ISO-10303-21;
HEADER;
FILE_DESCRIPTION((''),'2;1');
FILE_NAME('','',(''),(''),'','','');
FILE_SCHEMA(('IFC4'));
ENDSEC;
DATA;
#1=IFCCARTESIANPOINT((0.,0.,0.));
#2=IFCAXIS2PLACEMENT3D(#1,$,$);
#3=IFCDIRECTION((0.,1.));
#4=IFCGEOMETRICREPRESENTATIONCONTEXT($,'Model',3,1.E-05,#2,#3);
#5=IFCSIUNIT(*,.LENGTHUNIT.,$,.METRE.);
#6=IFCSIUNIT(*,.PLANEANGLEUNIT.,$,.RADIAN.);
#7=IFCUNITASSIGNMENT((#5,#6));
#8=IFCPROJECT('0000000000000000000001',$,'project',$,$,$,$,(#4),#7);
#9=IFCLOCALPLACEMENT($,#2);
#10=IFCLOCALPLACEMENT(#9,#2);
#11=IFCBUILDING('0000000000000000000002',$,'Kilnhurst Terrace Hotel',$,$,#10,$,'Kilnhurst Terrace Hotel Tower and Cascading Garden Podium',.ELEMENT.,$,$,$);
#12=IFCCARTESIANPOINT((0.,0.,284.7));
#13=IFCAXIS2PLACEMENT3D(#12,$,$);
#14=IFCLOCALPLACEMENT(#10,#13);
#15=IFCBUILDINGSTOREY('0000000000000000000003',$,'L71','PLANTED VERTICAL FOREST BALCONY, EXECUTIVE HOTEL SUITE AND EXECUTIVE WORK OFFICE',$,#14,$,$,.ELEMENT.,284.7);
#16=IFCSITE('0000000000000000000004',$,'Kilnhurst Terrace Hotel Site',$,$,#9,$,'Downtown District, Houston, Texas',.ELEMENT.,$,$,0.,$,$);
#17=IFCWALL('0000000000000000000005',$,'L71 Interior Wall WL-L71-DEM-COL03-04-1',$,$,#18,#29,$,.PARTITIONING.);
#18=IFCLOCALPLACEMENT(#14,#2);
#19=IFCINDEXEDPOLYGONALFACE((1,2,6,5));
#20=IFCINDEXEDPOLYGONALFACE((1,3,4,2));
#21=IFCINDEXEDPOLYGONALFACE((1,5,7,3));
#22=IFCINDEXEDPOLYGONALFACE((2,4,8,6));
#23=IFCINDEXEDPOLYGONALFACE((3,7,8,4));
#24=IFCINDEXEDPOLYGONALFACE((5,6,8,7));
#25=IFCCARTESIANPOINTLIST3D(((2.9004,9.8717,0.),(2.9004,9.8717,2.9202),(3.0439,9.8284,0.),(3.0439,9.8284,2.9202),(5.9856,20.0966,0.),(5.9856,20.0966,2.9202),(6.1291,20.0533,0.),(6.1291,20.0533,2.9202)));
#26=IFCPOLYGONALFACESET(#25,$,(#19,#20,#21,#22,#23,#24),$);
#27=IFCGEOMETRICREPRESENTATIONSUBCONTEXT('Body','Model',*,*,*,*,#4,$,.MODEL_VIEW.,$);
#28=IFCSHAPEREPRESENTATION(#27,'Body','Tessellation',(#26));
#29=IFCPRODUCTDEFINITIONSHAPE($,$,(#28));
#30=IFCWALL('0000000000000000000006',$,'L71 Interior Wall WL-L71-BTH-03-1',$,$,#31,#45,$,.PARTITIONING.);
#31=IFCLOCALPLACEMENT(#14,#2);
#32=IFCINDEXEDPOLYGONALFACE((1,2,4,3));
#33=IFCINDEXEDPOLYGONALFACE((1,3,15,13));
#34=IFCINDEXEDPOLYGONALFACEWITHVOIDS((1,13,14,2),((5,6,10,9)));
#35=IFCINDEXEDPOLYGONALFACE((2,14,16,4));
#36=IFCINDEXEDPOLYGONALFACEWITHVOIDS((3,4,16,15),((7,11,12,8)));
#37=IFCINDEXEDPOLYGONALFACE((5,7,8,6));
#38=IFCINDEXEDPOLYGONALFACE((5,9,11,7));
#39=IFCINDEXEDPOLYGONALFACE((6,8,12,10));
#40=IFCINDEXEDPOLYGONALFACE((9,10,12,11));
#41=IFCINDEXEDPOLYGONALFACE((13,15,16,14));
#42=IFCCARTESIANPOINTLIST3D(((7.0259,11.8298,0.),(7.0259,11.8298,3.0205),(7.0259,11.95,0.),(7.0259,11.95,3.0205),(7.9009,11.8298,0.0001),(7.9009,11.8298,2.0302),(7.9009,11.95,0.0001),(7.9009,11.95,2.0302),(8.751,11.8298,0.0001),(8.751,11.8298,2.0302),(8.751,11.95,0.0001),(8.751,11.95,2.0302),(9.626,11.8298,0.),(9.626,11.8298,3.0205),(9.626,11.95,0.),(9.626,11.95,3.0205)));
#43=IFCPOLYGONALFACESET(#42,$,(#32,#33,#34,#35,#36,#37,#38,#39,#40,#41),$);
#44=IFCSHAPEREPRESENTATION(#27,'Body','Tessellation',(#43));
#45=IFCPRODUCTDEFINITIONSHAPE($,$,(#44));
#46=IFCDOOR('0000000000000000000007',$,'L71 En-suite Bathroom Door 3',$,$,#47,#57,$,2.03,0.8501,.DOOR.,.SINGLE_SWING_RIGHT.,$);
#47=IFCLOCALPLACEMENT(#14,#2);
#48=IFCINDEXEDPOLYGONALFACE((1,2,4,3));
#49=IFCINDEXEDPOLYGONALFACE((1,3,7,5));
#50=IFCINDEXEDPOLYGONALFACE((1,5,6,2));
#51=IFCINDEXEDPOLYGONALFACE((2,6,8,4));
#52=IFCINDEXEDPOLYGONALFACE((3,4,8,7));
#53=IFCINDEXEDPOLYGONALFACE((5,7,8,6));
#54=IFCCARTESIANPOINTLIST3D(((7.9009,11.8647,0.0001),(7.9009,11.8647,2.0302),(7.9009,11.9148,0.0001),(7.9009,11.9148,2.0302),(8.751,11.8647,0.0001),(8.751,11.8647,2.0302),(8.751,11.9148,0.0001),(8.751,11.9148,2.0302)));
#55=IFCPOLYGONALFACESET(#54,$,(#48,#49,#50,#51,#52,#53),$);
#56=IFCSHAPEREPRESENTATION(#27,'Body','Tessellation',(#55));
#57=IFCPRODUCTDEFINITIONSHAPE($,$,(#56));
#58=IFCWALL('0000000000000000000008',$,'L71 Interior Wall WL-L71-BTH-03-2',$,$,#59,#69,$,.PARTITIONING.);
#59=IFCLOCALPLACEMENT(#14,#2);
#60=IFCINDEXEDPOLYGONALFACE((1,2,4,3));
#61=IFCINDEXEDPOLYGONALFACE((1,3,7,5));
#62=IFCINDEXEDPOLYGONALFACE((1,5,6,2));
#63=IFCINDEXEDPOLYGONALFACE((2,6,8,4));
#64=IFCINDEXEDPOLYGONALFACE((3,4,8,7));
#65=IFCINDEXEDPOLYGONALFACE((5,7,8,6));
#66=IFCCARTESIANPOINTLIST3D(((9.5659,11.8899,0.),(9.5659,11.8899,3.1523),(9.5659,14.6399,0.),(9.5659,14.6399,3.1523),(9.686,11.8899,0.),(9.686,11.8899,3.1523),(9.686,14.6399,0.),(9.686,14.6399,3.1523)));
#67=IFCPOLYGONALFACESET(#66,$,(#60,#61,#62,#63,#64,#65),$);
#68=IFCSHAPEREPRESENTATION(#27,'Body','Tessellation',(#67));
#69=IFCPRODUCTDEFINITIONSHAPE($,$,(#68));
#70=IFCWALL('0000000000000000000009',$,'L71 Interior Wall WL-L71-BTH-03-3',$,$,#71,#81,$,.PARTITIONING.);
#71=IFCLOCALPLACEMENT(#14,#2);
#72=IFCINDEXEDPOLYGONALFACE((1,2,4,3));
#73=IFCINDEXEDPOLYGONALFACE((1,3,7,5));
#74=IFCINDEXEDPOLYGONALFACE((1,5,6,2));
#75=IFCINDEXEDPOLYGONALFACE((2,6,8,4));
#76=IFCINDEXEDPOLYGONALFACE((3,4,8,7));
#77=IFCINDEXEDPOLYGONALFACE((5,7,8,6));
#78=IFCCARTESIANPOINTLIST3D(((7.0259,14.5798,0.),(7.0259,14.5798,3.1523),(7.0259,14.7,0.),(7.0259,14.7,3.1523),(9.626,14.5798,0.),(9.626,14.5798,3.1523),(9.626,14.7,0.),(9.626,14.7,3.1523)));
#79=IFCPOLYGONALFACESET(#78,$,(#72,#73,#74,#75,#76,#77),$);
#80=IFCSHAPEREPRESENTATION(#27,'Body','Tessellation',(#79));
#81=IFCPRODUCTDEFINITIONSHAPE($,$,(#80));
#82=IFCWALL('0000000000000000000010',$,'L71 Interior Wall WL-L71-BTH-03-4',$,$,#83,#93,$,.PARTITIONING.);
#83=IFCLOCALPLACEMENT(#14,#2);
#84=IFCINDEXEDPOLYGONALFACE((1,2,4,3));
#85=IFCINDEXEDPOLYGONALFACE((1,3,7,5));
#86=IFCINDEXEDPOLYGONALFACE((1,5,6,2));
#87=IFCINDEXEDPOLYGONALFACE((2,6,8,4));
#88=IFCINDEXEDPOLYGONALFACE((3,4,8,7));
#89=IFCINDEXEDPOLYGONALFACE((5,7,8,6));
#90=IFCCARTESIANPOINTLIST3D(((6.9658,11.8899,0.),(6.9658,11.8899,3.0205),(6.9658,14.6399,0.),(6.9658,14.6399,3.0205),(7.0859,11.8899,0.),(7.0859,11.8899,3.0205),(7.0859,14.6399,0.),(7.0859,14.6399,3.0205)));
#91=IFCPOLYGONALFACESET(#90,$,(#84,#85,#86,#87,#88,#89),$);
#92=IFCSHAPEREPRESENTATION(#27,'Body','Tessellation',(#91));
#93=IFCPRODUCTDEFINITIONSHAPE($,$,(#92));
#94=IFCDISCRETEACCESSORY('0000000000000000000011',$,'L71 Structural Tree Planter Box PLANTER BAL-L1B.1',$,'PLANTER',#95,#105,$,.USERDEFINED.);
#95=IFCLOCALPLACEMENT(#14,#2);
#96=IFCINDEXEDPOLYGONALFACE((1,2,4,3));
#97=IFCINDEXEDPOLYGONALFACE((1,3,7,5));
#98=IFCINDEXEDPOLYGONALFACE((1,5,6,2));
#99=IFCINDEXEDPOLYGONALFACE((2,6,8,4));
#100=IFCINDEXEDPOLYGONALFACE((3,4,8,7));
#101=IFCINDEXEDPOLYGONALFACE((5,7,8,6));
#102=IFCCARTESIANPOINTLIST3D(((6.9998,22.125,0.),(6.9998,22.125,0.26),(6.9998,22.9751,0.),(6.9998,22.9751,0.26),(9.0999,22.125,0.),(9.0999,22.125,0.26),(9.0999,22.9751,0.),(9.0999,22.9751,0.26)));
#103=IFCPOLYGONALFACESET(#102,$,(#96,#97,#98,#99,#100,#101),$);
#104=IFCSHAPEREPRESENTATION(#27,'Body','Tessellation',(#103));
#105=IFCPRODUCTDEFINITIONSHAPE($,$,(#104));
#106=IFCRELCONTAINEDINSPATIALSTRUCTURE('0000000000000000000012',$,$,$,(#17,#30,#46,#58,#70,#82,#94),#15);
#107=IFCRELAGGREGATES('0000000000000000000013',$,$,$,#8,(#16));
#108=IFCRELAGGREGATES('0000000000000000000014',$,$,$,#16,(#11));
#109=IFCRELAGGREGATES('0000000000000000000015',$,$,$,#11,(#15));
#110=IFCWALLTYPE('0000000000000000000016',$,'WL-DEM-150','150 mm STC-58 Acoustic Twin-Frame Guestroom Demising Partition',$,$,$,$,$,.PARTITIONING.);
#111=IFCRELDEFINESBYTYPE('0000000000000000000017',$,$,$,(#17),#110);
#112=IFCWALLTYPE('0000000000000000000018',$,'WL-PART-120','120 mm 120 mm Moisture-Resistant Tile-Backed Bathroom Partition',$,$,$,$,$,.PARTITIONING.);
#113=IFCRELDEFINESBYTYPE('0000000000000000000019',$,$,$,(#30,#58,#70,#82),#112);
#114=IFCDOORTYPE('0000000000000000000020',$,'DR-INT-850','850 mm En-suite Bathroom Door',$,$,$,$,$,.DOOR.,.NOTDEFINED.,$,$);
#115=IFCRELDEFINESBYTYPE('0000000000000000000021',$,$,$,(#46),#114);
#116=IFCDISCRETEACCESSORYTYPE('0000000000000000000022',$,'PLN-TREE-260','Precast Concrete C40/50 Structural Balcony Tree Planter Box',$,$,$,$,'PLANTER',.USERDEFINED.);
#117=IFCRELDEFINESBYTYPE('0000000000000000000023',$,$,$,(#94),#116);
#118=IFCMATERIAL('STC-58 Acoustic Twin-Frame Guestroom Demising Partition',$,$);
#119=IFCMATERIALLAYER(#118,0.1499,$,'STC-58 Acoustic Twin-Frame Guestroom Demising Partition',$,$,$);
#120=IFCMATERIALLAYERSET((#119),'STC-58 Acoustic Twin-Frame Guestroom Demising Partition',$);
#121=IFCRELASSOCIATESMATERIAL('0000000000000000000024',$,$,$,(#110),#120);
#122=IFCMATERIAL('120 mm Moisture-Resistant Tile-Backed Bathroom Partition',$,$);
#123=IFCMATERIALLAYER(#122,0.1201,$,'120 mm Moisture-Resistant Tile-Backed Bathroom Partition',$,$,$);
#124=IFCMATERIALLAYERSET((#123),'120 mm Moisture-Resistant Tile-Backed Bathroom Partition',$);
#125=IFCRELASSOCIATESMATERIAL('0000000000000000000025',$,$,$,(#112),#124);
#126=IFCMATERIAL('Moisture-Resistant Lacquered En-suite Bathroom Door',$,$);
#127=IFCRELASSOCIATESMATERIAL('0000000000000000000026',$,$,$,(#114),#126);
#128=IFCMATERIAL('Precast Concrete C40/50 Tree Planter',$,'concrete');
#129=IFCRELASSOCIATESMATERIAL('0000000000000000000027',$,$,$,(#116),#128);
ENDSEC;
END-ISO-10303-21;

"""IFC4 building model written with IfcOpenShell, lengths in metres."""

from ifc_helpers import new_model, si_unit, direction, frame, frame_2d, origin, origin_2d, place, context, subcontext, project, spatial, rectangle, extrude, material, layer, layer_set, type_object, element, fill, save


model = new_model("IFC4")

# Units and contexts
model_context = context("Model", 3, precision=1e-05, world=origin(), true_north=direction((0.0, 1.0)))
body_context = subcontext(model_context, "Body", "Model", "MODEL_VIEW")
ifc_project = project(units=[si_unit("LENGTHUNIT", "METRE"), si_unit("PLANEANGLEUNIT", "RADIAN")], contexts=[model_context])

# Site, building, storey
site_placement = place(None, origin())
site = spatial("IfcSite", under=ifc_project, at=site_placement, Name="Kilnhurst Terrace Hotel Site", LongName="Downtown District, Houston, Texas", CompositionType="ELEMENT", RefElevation=0.0)
building_placement = place(site_placement, origin())
building = spatial("IfcBuilding", under=site, at=building_placement, Name="Kilnhurst Terrace Hotel", LongName="Kilnhurst Terrace Hotel Tower and Cascading Garden Podium", CompositionType="ELEMENT")
storey_placement = place(building_placement, frame((0.0, 0.0, 284.7)))
storey = spatial("IfcBuildingStorey", under=building, at=storey_placement, Name="L71", Description="PLANTED VERTICAL FOREST BALCONY, EXECUTIVE HOTEL SUITE AND EXECUTIVE WORK OFFICE", CompositionType="ELEMENT", Elevation=284.7)

# Wall
ifc_material_1 = material(Name="STC-58 Acoustic Twin-Frame Guestroom Demising Partition")
ifc_layer_1 = layer(ifc_material_1, 0.1499, Name="STC-58 Acoustic Twin-Frame Guestroom Demising Partition")
ifc_layer_set_1 = layer_set([ifc_layer_1], Name="STC-58 Acoustic Twin-Frame Guestroom Demising Partition")
wall_type_1 = type_object("IfcWallType", Name="WL-DEM-150", Description="150 mm STC-58 Acoustic Twin-Frame Guestroom Demising Partition", PredefinedType="PARTITIONING", material=ifc_layer_set_1)
wall_1_placement = place(storey_placement, frame((2.9722, 9.8501, 0.0), z_axis=(0.0, 0.0, 1.0), x_axis=(0.288872, 0.957368, 0.0)))
element("IfcWall", 1, at=wall_1_placement, inside=storey, type_object=wall_type_1, Name="L71 Interior Wall WL-L71-DEM-COL03-04-1", PredefinedType="PARTITIONING", context=body_context, shape_type="SweptSolid", body=[
    extrude(rectangle(XDim=10.6802, YDim=0.1499, at=frame_2d((5.3401, 0.0))), origin(), (0.0, 0.0, 1.0), 2.9202),
])

# Wall, opening, door
ifc_material_2 = material(Name="120 mm Moisture-Resistant Tile-Backed Bathroom Partition")
ifc_layer_2 = layer(ifc_material_2, 0.1201, Name="120 mm Moisture-Resistant Tile-Backed Bathroom Partition")
ifc_layer_set_2 = layer_set([ifc_layer_2], Name="120 mm Moisture-Resistant Tile-Backed Bathroom Partition")
wall_type_2 = type_object("IfcWallType", Name="WL-PART-120", Description="120 mm 120 mm Moisture-Resistant Tile-Backed Bathroom Partition", PredefinedType="PARTITIONING", material=ifc_layer_set_2)
wall_2_placement = place(storey_placement, frame((7.0259, 11.8899, 0.0), z_axis=(0.0, 0.0, 1.0), x_axis=(1.0, 0.0, 0.0)))
wall_2 = element("IfcWall", 2, at=wall_2_placement, inside=storey, type_object=wall_type_2, Name="L71 Interior Wall WL-L71-BTH-03-1", PredefinedType="PARTITIONING", context=body_context, shape_type="SweptSolid", body=[
    extrude(rectangle(XDim=2.6001, YDim=0.1201, at=frame_2d((1.3, 0.0))), origin(), (0.0, 0.0, 1.0), 3.0205),
])
opening_1_placement = place(wall_2_placement, frame((0.875, 0.0, 0.0)))
opening_1 = element("IfcOpeningElement", 3, at=opening_1_placement, cuts=wall_2, PredefinedType="OPENING", context=body_context, shape_type="SweptSolid", body=[
    extrude(rectangle(XDim=0.8501, YDim=2.03, at=frame_2d((0.425, 1.0151))), frame((0.0, 0.0701, 0.0), z_axis=(0.0, -1.0, 0.0), x_axis=(1.0, 0.0, 0.0)), (0.0, 0.0, 1.0), 0.1401),
])
ifc_material_3 = material(Name="Moisture-Resistant Lacquered En-suite Bathroom Door")
door_type_1 = type_object("IfcDoorType", Name="DR-INT-850", Description="850 mm En-suite Bathroom Door", OperationType="NOTDEFINED", PredefinedType="DOOR", material=ifc_material_3)
door_1_placement = place(opening_1_placement, origin())
door_1 = element("IfcDoor", 4, at=door_1_placement, inside=storey, type_object=door_type_1, Name="L71 En-suite Bathroom Door 3", OperationType="SINGLE_SWING_RIGHT", OverallHeight=2.03, OverallWidth=0.8501, PredefinedType="DOOR", context=body_context, shape_type="SweptSolid", body=[
    extrude(rectangle(XDim=0.8501, YDim=2.03, at=frame_2d((0.425, 1.0151))), frame((0.0, 0.0249, 0.0), z_axis=(0.0, -1.0, 0.0), x_axis=(1.0, 0.0, 0.0)), (0.0, 0.0, 1.0), 0.05),
])
fill(opening_1, door_1)

# Walls
wall_3_placement = place(storey_placement, frame((9.626, 11.8899, 0.0), z_axis=(0.0, 0.0, 1.0), x_axis=(0.0, 1.0, 0.0)))
element("IfcWall", 5, at=wall_3_placement, inside=storey, type_object=wall_type_2, Name="L71 Interior Wall WL-L71-BTH-03-2", PredefinedType="PARTITIONING", context=body_context, shape_type="SweptSolid", body=[
    extrude(rectangle(XDim=2.75, YDim=0.1201, at=frame_2d((1.375, 0.0))), origin(), (0.0, 0.0, 1.0), 3.1523),
])
wall_4_placement = place(storey_placement, frame((9.626, 14.6399, 0.0), z_axis=(0.0, 0.0, 1.0), x_axis=(-1.0, 0.0, 0.0)))
element("IfcWall", 6, at=wall_4_placement, inside=storey, type_object=wall_type_2, Name="L71 Interior Wall WL-L71-BTH-03-3", PredefinedType="PARTITIONING", context=body_context, shape_type="SweptSolid", body=[
    extrude(rectangle(XDim=2.6001, YDim=0.1201, at=frame_2d((1.3, 0.0))), origin(), (0.0, 0.0, 1.0), 3.1523),
])
wall_5_placement = place(storey_placement, frame((7.0259, 14.6399, 0.0), z_axis=(0.0, 0.0, 1.0), x_axis=(0.0, -1.0, 0.0)))
element("IfcWall", 7, at=wall_5_placement, inside=storey, type_object=wall_type_2, Name="L71 Interior Wall WL-L71-BTH-03-4", PredefinedType="PARTITIONING", context=body_context, shape_type="SweptSolid", body=[
    extrude(rectangle(XDim=2.75, YDim=0.1201, at=frame_2d((1.375, 0.0))), origin(), (0.0, 0.0, 1.0), 3.0205),
])

# Discrete accessory
ifc_material_4 = material(Name="Precast Concrete C40/50 Tree Planter", Category="concrete")
discrete_accessory_type = type_object("IfcDiscreteAccessoryType", Name="PLN-TREE-260", Description="Precast Concrete C40/50 Structural Balcony Tree Planter Box", ElementType="PLANTER", PredefinedType="USERDEFINED", material=ifc_material_4)
discrete_accessory_placement = place(storey_placement, frame((8.0498, 22.55, 0.0), z_axis=(0.0, 0.0, 1.0), x_axis=(-1.0, 0.0, 0.0)))
element("IfcDiscreteAccessory", 8, at=discrete_accessory_placement, inside=storey, type_object=discrete_accessory_type, Name="L71 Structural Tree Planter Box PLANTER BAL-L1B.1", ObjectType="PLANTER", PredefinedType="USERDEFINED", context=body_context, shape_type="SweptSolid", body=[
    extrude(rectangle(XDim=2.1001, YDim=0.8501, at=origin_2d()), origin(), (0.0, 0.0, 1.0), 0.26),
])

save(model, "model.ifc")
